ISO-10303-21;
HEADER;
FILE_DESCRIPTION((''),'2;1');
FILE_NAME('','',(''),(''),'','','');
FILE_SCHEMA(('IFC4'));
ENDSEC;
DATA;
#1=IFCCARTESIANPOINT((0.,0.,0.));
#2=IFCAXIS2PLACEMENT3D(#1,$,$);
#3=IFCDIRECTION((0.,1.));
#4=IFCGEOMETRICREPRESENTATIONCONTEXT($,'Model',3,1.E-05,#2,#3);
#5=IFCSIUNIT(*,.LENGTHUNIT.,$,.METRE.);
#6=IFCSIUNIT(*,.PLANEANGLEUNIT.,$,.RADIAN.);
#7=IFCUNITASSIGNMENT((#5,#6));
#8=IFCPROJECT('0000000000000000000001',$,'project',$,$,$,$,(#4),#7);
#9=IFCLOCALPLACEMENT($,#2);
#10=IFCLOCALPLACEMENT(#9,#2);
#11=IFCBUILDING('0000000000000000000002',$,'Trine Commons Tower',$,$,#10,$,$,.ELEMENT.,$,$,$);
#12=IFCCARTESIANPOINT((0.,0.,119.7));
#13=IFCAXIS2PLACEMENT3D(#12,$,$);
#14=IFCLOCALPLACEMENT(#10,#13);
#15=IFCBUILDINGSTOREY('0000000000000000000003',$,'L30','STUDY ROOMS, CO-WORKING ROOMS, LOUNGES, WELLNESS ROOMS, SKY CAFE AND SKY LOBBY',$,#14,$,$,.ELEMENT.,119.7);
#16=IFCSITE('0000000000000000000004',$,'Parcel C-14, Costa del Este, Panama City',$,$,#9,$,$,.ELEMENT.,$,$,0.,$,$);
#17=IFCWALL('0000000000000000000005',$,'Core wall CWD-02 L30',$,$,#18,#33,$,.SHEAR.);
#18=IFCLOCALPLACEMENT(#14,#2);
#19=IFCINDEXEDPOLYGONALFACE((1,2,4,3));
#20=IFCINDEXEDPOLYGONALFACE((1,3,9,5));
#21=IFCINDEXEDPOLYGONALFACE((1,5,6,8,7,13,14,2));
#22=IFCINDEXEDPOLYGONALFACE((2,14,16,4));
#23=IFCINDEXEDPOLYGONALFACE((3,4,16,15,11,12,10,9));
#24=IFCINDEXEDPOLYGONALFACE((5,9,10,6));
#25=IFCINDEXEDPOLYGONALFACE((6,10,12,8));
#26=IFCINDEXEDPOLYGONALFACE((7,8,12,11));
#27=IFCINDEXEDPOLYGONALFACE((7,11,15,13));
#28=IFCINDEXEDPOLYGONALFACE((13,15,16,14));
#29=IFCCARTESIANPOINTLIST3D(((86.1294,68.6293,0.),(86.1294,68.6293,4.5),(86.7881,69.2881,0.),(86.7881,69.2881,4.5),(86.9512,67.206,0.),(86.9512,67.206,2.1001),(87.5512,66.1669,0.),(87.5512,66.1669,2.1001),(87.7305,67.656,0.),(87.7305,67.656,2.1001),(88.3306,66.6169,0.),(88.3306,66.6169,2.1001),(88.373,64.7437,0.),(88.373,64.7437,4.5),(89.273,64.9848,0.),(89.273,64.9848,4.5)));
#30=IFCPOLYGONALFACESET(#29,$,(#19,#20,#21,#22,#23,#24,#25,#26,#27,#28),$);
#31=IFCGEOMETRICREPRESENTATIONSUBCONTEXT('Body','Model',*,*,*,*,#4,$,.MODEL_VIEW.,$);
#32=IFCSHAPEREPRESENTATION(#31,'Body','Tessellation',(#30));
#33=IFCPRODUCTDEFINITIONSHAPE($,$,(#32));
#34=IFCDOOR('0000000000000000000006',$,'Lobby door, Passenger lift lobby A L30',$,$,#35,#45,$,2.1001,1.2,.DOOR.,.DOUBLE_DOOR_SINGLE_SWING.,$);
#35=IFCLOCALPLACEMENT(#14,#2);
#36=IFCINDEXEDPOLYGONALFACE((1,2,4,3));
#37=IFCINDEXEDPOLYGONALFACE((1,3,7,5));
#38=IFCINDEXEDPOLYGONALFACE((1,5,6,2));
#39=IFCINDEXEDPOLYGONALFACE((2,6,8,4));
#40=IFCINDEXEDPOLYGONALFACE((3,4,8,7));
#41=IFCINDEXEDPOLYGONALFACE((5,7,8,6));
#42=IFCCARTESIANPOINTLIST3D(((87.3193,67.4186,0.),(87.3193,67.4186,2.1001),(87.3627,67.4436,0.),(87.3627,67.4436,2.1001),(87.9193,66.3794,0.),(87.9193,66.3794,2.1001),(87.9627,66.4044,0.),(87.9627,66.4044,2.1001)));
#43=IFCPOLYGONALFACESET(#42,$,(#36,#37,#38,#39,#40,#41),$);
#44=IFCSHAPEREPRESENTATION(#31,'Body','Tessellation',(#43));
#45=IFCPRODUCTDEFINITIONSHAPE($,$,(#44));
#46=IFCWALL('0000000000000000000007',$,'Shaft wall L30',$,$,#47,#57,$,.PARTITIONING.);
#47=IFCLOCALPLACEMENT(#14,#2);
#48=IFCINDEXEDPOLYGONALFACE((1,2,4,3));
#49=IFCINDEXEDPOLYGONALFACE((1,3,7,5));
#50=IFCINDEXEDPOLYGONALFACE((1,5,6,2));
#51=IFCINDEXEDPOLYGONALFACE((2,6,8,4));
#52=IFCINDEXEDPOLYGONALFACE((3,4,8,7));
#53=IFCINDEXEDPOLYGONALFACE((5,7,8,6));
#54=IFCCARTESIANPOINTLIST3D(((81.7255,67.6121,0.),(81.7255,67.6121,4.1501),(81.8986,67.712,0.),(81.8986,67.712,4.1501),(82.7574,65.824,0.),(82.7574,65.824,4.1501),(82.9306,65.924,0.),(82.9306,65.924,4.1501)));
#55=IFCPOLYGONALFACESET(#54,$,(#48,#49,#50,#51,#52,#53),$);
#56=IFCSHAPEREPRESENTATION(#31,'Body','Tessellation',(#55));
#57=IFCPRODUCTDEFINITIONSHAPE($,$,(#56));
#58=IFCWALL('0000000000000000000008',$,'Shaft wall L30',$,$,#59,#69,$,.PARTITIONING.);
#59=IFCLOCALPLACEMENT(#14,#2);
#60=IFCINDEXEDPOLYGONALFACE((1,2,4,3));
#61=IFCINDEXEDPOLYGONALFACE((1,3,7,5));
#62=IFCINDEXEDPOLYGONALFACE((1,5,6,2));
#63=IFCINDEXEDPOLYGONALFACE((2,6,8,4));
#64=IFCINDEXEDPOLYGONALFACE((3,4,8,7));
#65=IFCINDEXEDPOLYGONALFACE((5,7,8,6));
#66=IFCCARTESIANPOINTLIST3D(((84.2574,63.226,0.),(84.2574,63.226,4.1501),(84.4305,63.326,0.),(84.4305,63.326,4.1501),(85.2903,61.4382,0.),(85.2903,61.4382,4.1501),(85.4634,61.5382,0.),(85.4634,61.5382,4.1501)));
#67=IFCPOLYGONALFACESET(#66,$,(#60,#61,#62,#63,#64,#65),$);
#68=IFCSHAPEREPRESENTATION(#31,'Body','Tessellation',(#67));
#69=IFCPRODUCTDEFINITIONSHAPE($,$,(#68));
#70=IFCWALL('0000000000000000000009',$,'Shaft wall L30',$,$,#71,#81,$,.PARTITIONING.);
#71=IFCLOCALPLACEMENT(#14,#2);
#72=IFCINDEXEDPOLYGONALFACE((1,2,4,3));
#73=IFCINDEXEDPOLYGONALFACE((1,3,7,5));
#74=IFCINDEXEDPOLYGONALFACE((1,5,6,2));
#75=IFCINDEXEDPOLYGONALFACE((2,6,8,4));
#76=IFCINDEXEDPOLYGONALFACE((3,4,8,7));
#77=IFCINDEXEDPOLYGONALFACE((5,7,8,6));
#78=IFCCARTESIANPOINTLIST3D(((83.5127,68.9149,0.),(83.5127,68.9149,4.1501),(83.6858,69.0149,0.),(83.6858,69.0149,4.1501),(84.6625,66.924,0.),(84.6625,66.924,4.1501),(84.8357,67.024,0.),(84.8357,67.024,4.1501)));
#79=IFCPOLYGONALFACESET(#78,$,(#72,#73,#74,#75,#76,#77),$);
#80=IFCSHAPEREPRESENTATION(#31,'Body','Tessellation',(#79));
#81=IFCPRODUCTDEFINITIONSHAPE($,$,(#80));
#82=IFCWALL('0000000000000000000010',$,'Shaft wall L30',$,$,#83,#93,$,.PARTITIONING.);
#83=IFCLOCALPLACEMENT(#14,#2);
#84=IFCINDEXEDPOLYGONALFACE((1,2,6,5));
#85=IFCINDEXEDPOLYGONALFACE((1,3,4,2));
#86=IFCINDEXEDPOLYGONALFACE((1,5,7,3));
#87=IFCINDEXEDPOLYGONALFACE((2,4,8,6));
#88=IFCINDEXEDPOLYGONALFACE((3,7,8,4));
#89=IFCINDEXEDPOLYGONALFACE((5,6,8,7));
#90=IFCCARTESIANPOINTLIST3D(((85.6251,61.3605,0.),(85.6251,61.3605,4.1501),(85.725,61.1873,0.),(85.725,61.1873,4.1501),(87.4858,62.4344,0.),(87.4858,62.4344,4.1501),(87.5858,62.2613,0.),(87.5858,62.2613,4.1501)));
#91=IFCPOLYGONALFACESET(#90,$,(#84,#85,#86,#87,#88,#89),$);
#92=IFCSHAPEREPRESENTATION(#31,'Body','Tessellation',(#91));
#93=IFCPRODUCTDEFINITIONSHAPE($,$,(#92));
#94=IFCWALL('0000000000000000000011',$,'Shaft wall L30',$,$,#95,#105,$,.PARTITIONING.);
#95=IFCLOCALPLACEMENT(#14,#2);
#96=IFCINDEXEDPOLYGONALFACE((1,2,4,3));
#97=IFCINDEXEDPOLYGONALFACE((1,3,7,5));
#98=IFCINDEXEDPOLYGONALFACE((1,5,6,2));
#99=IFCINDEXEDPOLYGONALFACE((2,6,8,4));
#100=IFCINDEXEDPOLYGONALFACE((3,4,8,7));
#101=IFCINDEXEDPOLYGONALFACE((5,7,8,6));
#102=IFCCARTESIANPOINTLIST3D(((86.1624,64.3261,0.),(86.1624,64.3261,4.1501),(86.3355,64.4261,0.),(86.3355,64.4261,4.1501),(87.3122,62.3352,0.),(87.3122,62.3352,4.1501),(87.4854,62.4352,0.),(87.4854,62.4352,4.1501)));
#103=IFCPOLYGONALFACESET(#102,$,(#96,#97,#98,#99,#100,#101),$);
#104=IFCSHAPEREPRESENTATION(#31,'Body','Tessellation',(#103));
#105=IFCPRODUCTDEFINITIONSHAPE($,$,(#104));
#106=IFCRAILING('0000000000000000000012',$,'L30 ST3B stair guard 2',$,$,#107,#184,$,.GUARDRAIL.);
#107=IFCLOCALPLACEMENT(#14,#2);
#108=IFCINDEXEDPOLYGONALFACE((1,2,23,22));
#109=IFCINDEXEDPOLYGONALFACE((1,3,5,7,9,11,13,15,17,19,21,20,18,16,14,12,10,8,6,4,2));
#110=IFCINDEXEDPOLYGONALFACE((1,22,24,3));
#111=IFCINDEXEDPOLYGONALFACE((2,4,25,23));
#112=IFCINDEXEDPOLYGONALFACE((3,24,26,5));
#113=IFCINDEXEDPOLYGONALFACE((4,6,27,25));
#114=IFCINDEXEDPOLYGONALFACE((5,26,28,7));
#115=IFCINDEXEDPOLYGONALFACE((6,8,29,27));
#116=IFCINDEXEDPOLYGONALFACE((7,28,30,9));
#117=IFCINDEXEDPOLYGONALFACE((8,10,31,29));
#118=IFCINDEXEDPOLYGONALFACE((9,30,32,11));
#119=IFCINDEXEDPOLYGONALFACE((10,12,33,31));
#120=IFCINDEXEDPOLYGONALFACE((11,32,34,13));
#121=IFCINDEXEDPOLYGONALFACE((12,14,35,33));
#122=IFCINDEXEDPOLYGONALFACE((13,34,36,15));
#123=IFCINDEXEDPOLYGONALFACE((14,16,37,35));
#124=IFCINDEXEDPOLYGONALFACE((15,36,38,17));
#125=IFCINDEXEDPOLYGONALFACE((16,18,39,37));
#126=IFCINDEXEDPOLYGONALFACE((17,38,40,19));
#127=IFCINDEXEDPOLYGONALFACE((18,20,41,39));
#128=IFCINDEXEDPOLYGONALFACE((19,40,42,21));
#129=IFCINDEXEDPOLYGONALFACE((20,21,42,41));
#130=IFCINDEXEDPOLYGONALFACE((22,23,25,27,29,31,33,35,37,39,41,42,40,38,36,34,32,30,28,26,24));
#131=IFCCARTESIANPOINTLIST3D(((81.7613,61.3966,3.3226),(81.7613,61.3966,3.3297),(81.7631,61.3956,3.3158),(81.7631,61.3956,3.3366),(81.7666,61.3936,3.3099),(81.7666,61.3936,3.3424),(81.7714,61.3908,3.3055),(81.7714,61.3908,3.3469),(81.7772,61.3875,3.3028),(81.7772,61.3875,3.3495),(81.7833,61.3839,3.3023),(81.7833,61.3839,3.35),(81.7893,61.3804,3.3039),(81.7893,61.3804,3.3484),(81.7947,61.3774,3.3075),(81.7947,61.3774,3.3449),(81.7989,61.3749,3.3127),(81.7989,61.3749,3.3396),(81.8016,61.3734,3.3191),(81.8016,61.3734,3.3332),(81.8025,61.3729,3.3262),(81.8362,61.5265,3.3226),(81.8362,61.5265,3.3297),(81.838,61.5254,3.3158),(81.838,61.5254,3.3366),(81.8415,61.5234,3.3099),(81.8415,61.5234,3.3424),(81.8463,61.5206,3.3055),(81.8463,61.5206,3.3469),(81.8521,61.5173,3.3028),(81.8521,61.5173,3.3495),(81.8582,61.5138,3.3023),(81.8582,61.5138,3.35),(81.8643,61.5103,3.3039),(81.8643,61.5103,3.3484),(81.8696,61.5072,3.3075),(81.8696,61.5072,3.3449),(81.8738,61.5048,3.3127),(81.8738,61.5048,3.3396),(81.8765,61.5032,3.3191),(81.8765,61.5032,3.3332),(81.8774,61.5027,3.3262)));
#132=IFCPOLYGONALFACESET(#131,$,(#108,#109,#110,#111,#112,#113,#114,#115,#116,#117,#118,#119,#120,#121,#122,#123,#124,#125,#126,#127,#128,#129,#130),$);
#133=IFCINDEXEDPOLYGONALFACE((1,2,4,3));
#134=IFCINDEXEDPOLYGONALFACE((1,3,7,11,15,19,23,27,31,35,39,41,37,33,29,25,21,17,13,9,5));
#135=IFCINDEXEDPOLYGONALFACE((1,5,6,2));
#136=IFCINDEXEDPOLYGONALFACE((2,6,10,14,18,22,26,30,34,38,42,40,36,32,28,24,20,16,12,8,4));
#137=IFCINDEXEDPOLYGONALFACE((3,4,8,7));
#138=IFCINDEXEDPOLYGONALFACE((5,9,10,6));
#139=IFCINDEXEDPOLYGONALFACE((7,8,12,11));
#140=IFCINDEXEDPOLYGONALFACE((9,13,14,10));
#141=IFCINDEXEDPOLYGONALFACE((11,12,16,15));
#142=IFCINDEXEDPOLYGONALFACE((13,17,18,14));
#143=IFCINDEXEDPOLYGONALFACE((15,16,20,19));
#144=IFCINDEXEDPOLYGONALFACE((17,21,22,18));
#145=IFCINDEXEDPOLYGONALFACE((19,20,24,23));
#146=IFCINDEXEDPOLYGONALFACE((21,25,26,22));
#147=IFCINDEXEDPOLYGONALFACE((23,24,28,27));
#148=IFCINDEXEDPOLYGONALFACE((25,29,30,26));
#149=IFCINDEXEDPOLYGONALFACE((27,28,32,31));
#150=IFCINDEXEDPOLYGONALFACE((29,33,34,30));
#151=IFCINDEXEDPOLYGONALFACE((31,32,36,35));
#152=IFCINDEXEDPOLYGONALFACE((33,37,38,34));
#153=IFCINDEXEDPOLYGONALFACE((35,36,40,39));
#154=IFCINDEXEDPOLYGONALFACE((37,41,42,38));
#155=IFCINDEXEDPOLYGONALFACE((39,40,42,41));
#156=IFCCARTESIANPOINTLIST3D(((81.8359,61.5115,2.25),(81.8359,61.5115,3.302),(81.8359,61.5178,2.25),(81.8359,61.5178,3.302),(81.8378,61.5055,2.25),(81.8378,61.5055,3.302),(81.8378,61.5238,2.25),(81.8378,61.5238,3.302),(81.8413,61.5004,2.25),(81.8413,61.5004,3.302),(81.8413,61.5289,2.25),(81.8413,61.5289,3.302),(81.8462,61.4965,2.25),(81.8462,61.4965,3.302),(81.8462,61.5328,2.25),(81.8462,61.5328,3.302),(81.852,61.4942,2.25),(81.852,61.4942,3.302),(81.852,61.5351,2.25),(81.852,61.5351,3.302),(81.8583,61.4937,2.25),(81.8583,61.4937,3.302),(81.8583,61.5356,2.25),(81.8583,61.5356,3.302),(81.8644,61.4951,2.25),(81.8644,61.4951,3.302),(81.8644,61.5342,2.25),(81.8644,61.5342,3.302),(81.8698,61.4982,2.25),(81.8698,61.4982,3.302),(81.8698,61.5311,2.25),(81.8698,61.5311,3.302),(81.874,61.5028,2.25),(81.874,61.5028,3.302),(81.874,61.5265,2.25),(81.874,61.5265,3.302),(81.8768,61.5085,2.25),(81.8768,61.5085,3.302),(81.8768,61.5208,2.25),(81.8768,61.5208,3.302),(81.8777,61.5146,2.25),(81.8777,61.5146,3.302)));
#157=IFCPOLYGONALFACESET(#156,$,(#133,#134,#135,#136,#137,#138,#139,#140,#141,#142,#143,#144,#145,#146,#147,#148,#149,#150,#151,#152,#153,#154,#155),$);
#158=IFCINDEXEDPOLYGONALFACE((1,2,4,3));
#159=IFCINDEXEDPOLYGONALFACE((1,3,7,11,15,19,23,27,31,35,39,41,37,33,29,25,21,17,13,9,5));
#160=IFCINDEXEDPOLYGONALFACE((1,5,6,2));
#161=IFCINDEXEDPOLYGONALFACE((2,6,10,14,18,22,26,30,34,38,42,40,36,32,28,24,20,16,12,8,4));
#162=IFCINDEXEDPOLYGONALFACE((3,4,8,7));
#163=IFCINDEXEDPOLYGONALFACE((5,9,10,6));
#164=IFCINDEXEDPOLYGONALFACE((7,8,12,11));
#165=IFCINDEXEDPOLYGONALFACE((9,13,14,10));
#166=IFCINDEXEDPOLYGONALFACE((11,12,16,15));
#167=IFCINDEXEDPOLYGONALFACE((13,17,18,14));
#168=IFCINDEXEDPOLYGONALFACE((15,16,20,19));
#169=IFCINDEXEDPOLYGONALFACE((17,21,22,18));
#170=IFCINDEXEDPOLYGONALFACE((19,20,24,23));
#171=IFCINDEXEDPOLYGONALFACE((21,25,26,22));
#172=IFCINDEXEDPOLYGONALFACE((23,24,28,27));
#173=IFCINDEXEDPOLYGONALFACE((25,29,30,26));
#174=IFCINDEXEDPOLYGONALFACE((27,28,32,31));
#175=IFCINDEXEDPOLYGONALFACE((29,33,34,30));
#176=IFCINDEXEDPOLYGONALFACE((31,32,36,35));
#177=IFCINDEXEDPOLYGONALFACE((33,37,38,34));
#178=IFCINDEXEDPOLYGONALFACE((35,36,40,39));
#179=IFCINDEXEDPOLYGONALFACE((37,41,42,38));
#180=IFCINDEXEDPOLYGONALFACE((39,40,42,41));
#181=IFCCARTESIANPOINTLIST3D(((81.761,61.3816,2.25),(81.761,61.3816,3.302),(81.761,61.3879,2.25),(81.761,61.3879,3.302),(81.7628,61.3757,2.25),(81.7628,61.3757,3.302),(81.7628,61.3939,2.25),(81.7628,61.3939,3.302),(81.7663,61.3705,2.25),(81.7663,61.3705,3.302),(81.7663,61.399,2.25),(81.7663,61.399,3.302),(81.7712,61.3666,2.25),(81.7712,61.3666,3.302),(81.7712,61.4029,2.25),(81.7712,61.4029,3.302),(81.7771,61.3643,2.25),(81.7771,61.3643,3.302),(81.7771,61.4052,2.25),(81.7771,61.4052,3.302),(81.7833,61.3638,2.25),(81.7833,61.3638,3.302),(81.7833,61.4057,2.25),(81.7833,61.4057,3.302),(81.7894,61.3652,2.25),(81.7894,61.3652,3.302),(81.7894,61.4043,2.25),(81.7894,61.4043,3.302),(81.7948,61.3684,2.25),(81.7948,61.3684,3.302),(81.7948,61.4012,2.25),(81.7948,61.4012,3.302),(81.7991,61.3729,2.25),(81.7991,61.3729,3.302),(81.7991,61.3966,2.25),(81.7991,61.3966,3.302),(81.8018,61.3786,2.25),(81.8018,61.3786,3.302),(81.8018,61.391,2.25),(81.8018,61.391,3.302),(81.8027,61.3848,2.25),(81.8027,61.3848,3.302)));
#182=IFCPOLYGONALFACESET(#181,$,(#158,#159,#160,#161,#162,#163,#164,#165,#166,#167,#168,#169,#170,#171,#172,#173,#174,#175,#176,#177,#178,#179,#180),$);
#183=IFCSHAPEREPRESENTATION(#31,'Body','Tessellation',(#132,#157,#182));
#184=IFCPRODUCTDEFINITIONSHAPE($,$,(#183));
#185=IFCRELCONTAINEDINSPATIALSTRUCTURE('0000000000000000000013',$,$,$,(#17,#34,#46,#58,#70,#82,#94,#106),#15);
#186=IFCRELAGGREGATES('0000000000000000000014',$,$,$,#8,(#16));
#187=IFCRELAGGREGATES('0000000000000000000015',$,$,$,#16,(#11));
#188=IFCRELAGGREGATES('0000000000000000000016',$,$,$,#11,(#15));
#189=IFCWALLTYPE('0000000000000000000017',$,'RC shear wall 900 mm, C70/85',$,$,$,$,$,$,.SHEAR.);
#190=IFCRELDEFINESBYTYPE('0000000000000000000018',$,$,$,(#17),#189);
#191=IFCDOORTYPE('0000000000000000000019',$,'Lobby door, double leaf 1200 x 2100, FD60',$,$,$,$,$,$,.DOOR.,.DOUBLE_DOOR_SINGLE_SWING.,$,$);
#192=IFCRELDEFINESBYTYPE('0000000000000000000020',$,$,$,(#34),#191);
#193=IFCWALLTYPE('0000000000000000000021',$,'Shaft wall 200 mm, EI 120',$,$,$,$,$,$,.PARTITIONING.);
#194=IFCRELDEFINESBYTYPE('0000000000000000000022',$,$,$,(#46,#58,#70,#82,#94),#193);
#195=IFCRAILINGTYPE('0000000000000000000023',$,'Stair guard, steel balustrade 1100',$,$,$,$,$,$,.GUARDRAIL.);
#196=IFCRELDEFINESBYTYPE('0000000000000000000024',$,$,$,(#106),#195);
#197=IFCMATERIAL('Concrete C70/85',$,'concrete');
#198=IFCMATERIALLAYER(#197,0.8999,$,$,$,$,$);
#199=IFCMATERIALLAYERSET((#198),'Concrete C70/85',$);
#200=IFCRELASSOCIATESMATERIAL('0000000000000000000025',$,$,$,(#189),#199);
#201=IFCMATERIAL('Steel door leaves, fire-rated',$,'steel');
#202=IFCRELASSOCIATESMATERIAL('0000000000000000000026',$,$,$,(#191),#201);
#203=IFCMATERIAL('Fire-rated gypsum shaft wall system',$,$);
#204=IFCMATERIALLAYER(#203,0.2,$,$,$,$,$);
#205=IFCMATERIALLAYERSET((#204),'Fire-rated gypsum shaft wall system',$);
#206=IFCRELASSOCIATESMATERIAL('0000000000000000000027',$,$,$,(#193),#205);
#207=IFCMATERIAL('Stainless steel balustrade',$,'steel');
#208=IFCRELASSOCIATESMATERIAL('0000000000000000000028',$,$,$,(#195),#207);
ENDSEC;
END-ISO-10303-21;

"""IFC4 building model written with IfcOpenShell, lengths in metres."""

from ifc_helpers import new_model, si_unit, direction, frame, frame_2d, origin, origin_2d, place, context, subcontext, project, spatial, polyline, rectangle, circle, outline, extrude, material, layer, layer_set, type_object, element, fill, save


model = new_model("IFC4")

# Units and contexts
model_context = context("Model", 3, precision=1e-05, world=origin(), true_north=direction((0.0, 1.0)))
body_context = subcontext(model_context, "Body", "Model", "MODEL_VIEW")
ifc_project = project(units=[si_unit("LENGTHUNIT", "METRE"), si_unit("PLANEANGLEUNIT", "RADIAN")], contexts=[model_context])

# Site, building, storey
site_placement = place(None, origin())
site = spatial("IfcSite", under=ifc_project, at=site_placement, Name="Parcel C-14, Costa del Este, Panama City", CompositionType="ELEMENT", RefElevation=0.0)
building_placement = place(site_placement, origin())
building = spatial("IfcBuilding", under=site, at=building_placement, Name="Trine Commons Tower", CompositionType="ELEMENT")
storey_placement = place(building_placement, frame((0.0, 0.0, 119.7)))
storey = spatial("IfcBuildingStorey", under=building, at=storey_placement, Name="L30", Description="STUDY ROOMS, CO-WORKING ROOMS, LOUNGES, WELLNESS ROOMS, SKY CAFE AND SKY LOBBY", CompositionType="ELEMENT", Elevation=119.7)

# Shared definitions
ifc_material_1 = material(Name="Fire-rated gypsum shaft wall system")
ifc_material_2 = material(Name="Concrete C70/85", Category="concrete")

# Wall, opening, door
ifc_layer_1 = layer(ifc_material_2, 0.8999)
ifc_layer_set_1 = layer_set([ifc_layer_1], Name="Concrete C70/85")
wall_type_1 = type_object("IfcWallType", Name="RC shear wall 900 mm, C70/85", PredefinedType="SHEAR", material=ifc_layer_set_1)
wall_1_placement = place(storey_placement, frame((88.8833, 64.7598, 0.0), z_axis=(0.0, 0.0, 1.0), x_axis=(-0.500039, 0.866003, 0.0)))
wall_1 = element("IfcWall", 1, at=wall_1_placement, inside=storey, type_object=wall_type_1, Name="Core wall CWD-02 L30", PredefinedType="SHEAR", context=body_context, shape_type="SweptSolid", body=[
    extrude(outline(polyline([(0.0, -0.45), (4.9692, -0.45), (4.728, 0.45), (0.2412, 0.45), (0.0, -0.45)])), origin(), (0.0, 0.0, 1.0), 4.5),
])
opening_1_placement = place(wall_1_placement, frame((1.8845, 0.0, 0.0)))
opening_1 = element("IfcOpeningElement", 2, at=opening_1_placement, cuts=wall_1, PredefinedType="OPENING", context=body_context, shape_type="SweptSolid", body=[
    extrude(rectangle(XDim=1.2, YDim=2.1001, at=frame_2d((0.6001, 1.05))), frame((0.0, 0.46, 0.0), z_axis=(0.0, -1.0, 0.0), x_axis=(1.0, 0.0, 0.0)), (0.0, 0.0, 1.0), 0.9199),
])
ifc_material_3 = material(Name="Steel door leaves, fire-rated", Category="steel")
door_type_1 = type_object("IfcDoorType", Name="Lobby door, double leaf 1200 x 2100, FD60", OperationType="DOUBLE_DOOR_SINGLE_SWING", PredefinedType="DOOR", material=ifc_material_3)
door_1_placement = place(opening_1_placement, origin())
door_1 = element("IfcDoor", 3, at=door_1_placement, inside=storey, type_object=door_type_1, Name="Lobby door, Passenger lift lobby A L30", OperationType="DOUBLE_DOOR_SINGLE_SWING", OverallHeight=2.1001, OverallWidth=1.2, PredefinedType="DOOR", context=body_context, shape_type="SweptSolid", body=[
    extrude(rectangle(XDim=1.2, YDim=2.1001, at=frame_2d((0.6001, 1.05))), frame((0.0, 0.0249, 0.0), z_axis=(0.0, -1.0, 0.0), x_axis=(1.0, 0.0, 0.0)), (0.0, 0.0, 1.0), 0.05),
])
fill(opening_1, door_1)

# Walls
ifc_layer_2 = layer(ifc_material_1, 0.2)
ifc_layer_set_2 = layer_set([ifc_layer_2], Name="Fire-rated gypsum shaft wall system")
wall_type_2 = type_object("IfcWallType", Name="Shaft wall 200 mm, EI 120", PredefinedType="PARTITIONING", material=ifc_layer_set_2)
wall_2_placement = place(storey_placement, frame((82.844, 65.874, 0.0), z_axis=(0.0, 0.0, 1.0), x_axis=(-0.499866, 0.866103, 0.0)))
element("IfcWall", 4, at=wall_2_placement, inside=storey, type_object=wall_type_2, Name="Shaft wall L30", PredefinedType="PARTITIONING", context=body_context, shape_type="SweptSolid", body=[
    extrude(rectangle(XDim=2.0645, YDim=0.2, at=frame_2d((1.0322, 0.0))), origin(), (0.0, 0.0, 1.0), 4.1501),
])
wall_3_placement = place(storey_placement, frame((84.344, 63.2759, 0.0), z_axis=(0.0, 0.0, 1.0), x_axis=(0.500272, -0.865868, 0.0)))
element("IfcWall", 5, at=wall_3_placement, inside=storey, type_object=wall_type_2, Name="Shaft wall L30", PredefinedType="PARTITIONING", context=body_context, shape_type="SweptSolid", body=[
    extrude(rectangle(XDim=2.0647, YDim=0.2, at=frame_2d((1.0322, 0.0))), origin(), (0.0, 0.0, 1.0), 4.1501),
])
wall_4_placement = place(storey_placement, frame((84.749, 66.9741, 0.0), z_axis=(0.0, 0.0, 1.0), x_axis=(-0.500136, 0.865947, 0.0)))
element("IfcWall", 6, at=wall_4_placement, inside=storey, type_object=wall_type_2, Name="Shaft wall L30", PredefinedType="PARTITIONING", context=body_context, shape_type="SweptSolid", body=[
    extrude(rectangle(XDim=2.2991, YDim=0.2, at=frame_2d((1.1494, 0.0))), origin(), (0.0, 0.0, 1.0), 4.1501),
])
wall_5_placement = place(storey_placement, frame((85.675, 61.2739, 0.0), z_axis=(0.0, 0.0, 1.0), x_axis=(0.866102, 0.499867, 0.0)))
element("IfcWall", 7, at=wall_5_placement, inside=storey, type_object=wall_type_2, Name="Shaft wall L30", PredefinedType="PARTITIONING", context=body_context, shape_type="SweptSolid", body=[
    extrude(rectangle(XDim=2.1484, YDim=0.2, at=frame_2d((1.0742, 0.0))), origin(), (0.0, 0.0, 1.0), 4.1501),
])
wall_6_placement = place(storey_placement, frame((86.249, 64.376, 0.0), z_axis=(0.0, 0.0, 1.0), x_axis=(0.500136, -0.865947, 0.0)))
element("IfcWall", 8, at=wall_6_placement, inside=storey, type_object=wall_type_2, Name="Shaft wall L30", PredefinedType="PARTITIONING", context=body_context, shape_type="SweptSolid", body=[
    extrude(rectangle(XDim=2.2991, YDim=0.2, at=frame_2d((1.1494, 0.0))), origin(), (0.0, 0.0, 1.0), 4.1501),
])

# Railing
ifc_material_4 = material(Name="Stainless steel balustrade", Category="steel")
railing_type_1 = type_object("IfcRailingType", Name="Stair guard, steel balustrade 1100", PredefinedType="GUARDRAIL", material=ifc_material_4)
railing_1_placement = place(storey_placement, frame((81.8567, 61.5146, 2.25)))
element("IfcRailing", 9, at=railing_1_placement, inside=storey, type_object=railing_type_1, Name="L30 ST3B stair guard 2", PredefinedType="GUARDRAIL", context=body_context, shape_type="SweptSolid", body=[
    extrude(circle(Radius=0.0239, at=origin_2d()), frame((0.0, 0.0, 1.0762), z_axis=(-0.499816, -0.866131, 0.0), x_axis=(0.866131, -0.499816, 0.0)), (0.0, 0.0, 1.0), 0.1499),
    extrude(circle(Radius=0.021, at=origin_2d()), origin(), (0.0, 0.0, 1.0), 1.052),
    extrude(circle(Radius=0.021, at=origin_2d()), frame((-0.075, -0.1299, 0.0)), (0.0, 0.0, 1.0), 1.052),
])

save(model, "model.ifc")
